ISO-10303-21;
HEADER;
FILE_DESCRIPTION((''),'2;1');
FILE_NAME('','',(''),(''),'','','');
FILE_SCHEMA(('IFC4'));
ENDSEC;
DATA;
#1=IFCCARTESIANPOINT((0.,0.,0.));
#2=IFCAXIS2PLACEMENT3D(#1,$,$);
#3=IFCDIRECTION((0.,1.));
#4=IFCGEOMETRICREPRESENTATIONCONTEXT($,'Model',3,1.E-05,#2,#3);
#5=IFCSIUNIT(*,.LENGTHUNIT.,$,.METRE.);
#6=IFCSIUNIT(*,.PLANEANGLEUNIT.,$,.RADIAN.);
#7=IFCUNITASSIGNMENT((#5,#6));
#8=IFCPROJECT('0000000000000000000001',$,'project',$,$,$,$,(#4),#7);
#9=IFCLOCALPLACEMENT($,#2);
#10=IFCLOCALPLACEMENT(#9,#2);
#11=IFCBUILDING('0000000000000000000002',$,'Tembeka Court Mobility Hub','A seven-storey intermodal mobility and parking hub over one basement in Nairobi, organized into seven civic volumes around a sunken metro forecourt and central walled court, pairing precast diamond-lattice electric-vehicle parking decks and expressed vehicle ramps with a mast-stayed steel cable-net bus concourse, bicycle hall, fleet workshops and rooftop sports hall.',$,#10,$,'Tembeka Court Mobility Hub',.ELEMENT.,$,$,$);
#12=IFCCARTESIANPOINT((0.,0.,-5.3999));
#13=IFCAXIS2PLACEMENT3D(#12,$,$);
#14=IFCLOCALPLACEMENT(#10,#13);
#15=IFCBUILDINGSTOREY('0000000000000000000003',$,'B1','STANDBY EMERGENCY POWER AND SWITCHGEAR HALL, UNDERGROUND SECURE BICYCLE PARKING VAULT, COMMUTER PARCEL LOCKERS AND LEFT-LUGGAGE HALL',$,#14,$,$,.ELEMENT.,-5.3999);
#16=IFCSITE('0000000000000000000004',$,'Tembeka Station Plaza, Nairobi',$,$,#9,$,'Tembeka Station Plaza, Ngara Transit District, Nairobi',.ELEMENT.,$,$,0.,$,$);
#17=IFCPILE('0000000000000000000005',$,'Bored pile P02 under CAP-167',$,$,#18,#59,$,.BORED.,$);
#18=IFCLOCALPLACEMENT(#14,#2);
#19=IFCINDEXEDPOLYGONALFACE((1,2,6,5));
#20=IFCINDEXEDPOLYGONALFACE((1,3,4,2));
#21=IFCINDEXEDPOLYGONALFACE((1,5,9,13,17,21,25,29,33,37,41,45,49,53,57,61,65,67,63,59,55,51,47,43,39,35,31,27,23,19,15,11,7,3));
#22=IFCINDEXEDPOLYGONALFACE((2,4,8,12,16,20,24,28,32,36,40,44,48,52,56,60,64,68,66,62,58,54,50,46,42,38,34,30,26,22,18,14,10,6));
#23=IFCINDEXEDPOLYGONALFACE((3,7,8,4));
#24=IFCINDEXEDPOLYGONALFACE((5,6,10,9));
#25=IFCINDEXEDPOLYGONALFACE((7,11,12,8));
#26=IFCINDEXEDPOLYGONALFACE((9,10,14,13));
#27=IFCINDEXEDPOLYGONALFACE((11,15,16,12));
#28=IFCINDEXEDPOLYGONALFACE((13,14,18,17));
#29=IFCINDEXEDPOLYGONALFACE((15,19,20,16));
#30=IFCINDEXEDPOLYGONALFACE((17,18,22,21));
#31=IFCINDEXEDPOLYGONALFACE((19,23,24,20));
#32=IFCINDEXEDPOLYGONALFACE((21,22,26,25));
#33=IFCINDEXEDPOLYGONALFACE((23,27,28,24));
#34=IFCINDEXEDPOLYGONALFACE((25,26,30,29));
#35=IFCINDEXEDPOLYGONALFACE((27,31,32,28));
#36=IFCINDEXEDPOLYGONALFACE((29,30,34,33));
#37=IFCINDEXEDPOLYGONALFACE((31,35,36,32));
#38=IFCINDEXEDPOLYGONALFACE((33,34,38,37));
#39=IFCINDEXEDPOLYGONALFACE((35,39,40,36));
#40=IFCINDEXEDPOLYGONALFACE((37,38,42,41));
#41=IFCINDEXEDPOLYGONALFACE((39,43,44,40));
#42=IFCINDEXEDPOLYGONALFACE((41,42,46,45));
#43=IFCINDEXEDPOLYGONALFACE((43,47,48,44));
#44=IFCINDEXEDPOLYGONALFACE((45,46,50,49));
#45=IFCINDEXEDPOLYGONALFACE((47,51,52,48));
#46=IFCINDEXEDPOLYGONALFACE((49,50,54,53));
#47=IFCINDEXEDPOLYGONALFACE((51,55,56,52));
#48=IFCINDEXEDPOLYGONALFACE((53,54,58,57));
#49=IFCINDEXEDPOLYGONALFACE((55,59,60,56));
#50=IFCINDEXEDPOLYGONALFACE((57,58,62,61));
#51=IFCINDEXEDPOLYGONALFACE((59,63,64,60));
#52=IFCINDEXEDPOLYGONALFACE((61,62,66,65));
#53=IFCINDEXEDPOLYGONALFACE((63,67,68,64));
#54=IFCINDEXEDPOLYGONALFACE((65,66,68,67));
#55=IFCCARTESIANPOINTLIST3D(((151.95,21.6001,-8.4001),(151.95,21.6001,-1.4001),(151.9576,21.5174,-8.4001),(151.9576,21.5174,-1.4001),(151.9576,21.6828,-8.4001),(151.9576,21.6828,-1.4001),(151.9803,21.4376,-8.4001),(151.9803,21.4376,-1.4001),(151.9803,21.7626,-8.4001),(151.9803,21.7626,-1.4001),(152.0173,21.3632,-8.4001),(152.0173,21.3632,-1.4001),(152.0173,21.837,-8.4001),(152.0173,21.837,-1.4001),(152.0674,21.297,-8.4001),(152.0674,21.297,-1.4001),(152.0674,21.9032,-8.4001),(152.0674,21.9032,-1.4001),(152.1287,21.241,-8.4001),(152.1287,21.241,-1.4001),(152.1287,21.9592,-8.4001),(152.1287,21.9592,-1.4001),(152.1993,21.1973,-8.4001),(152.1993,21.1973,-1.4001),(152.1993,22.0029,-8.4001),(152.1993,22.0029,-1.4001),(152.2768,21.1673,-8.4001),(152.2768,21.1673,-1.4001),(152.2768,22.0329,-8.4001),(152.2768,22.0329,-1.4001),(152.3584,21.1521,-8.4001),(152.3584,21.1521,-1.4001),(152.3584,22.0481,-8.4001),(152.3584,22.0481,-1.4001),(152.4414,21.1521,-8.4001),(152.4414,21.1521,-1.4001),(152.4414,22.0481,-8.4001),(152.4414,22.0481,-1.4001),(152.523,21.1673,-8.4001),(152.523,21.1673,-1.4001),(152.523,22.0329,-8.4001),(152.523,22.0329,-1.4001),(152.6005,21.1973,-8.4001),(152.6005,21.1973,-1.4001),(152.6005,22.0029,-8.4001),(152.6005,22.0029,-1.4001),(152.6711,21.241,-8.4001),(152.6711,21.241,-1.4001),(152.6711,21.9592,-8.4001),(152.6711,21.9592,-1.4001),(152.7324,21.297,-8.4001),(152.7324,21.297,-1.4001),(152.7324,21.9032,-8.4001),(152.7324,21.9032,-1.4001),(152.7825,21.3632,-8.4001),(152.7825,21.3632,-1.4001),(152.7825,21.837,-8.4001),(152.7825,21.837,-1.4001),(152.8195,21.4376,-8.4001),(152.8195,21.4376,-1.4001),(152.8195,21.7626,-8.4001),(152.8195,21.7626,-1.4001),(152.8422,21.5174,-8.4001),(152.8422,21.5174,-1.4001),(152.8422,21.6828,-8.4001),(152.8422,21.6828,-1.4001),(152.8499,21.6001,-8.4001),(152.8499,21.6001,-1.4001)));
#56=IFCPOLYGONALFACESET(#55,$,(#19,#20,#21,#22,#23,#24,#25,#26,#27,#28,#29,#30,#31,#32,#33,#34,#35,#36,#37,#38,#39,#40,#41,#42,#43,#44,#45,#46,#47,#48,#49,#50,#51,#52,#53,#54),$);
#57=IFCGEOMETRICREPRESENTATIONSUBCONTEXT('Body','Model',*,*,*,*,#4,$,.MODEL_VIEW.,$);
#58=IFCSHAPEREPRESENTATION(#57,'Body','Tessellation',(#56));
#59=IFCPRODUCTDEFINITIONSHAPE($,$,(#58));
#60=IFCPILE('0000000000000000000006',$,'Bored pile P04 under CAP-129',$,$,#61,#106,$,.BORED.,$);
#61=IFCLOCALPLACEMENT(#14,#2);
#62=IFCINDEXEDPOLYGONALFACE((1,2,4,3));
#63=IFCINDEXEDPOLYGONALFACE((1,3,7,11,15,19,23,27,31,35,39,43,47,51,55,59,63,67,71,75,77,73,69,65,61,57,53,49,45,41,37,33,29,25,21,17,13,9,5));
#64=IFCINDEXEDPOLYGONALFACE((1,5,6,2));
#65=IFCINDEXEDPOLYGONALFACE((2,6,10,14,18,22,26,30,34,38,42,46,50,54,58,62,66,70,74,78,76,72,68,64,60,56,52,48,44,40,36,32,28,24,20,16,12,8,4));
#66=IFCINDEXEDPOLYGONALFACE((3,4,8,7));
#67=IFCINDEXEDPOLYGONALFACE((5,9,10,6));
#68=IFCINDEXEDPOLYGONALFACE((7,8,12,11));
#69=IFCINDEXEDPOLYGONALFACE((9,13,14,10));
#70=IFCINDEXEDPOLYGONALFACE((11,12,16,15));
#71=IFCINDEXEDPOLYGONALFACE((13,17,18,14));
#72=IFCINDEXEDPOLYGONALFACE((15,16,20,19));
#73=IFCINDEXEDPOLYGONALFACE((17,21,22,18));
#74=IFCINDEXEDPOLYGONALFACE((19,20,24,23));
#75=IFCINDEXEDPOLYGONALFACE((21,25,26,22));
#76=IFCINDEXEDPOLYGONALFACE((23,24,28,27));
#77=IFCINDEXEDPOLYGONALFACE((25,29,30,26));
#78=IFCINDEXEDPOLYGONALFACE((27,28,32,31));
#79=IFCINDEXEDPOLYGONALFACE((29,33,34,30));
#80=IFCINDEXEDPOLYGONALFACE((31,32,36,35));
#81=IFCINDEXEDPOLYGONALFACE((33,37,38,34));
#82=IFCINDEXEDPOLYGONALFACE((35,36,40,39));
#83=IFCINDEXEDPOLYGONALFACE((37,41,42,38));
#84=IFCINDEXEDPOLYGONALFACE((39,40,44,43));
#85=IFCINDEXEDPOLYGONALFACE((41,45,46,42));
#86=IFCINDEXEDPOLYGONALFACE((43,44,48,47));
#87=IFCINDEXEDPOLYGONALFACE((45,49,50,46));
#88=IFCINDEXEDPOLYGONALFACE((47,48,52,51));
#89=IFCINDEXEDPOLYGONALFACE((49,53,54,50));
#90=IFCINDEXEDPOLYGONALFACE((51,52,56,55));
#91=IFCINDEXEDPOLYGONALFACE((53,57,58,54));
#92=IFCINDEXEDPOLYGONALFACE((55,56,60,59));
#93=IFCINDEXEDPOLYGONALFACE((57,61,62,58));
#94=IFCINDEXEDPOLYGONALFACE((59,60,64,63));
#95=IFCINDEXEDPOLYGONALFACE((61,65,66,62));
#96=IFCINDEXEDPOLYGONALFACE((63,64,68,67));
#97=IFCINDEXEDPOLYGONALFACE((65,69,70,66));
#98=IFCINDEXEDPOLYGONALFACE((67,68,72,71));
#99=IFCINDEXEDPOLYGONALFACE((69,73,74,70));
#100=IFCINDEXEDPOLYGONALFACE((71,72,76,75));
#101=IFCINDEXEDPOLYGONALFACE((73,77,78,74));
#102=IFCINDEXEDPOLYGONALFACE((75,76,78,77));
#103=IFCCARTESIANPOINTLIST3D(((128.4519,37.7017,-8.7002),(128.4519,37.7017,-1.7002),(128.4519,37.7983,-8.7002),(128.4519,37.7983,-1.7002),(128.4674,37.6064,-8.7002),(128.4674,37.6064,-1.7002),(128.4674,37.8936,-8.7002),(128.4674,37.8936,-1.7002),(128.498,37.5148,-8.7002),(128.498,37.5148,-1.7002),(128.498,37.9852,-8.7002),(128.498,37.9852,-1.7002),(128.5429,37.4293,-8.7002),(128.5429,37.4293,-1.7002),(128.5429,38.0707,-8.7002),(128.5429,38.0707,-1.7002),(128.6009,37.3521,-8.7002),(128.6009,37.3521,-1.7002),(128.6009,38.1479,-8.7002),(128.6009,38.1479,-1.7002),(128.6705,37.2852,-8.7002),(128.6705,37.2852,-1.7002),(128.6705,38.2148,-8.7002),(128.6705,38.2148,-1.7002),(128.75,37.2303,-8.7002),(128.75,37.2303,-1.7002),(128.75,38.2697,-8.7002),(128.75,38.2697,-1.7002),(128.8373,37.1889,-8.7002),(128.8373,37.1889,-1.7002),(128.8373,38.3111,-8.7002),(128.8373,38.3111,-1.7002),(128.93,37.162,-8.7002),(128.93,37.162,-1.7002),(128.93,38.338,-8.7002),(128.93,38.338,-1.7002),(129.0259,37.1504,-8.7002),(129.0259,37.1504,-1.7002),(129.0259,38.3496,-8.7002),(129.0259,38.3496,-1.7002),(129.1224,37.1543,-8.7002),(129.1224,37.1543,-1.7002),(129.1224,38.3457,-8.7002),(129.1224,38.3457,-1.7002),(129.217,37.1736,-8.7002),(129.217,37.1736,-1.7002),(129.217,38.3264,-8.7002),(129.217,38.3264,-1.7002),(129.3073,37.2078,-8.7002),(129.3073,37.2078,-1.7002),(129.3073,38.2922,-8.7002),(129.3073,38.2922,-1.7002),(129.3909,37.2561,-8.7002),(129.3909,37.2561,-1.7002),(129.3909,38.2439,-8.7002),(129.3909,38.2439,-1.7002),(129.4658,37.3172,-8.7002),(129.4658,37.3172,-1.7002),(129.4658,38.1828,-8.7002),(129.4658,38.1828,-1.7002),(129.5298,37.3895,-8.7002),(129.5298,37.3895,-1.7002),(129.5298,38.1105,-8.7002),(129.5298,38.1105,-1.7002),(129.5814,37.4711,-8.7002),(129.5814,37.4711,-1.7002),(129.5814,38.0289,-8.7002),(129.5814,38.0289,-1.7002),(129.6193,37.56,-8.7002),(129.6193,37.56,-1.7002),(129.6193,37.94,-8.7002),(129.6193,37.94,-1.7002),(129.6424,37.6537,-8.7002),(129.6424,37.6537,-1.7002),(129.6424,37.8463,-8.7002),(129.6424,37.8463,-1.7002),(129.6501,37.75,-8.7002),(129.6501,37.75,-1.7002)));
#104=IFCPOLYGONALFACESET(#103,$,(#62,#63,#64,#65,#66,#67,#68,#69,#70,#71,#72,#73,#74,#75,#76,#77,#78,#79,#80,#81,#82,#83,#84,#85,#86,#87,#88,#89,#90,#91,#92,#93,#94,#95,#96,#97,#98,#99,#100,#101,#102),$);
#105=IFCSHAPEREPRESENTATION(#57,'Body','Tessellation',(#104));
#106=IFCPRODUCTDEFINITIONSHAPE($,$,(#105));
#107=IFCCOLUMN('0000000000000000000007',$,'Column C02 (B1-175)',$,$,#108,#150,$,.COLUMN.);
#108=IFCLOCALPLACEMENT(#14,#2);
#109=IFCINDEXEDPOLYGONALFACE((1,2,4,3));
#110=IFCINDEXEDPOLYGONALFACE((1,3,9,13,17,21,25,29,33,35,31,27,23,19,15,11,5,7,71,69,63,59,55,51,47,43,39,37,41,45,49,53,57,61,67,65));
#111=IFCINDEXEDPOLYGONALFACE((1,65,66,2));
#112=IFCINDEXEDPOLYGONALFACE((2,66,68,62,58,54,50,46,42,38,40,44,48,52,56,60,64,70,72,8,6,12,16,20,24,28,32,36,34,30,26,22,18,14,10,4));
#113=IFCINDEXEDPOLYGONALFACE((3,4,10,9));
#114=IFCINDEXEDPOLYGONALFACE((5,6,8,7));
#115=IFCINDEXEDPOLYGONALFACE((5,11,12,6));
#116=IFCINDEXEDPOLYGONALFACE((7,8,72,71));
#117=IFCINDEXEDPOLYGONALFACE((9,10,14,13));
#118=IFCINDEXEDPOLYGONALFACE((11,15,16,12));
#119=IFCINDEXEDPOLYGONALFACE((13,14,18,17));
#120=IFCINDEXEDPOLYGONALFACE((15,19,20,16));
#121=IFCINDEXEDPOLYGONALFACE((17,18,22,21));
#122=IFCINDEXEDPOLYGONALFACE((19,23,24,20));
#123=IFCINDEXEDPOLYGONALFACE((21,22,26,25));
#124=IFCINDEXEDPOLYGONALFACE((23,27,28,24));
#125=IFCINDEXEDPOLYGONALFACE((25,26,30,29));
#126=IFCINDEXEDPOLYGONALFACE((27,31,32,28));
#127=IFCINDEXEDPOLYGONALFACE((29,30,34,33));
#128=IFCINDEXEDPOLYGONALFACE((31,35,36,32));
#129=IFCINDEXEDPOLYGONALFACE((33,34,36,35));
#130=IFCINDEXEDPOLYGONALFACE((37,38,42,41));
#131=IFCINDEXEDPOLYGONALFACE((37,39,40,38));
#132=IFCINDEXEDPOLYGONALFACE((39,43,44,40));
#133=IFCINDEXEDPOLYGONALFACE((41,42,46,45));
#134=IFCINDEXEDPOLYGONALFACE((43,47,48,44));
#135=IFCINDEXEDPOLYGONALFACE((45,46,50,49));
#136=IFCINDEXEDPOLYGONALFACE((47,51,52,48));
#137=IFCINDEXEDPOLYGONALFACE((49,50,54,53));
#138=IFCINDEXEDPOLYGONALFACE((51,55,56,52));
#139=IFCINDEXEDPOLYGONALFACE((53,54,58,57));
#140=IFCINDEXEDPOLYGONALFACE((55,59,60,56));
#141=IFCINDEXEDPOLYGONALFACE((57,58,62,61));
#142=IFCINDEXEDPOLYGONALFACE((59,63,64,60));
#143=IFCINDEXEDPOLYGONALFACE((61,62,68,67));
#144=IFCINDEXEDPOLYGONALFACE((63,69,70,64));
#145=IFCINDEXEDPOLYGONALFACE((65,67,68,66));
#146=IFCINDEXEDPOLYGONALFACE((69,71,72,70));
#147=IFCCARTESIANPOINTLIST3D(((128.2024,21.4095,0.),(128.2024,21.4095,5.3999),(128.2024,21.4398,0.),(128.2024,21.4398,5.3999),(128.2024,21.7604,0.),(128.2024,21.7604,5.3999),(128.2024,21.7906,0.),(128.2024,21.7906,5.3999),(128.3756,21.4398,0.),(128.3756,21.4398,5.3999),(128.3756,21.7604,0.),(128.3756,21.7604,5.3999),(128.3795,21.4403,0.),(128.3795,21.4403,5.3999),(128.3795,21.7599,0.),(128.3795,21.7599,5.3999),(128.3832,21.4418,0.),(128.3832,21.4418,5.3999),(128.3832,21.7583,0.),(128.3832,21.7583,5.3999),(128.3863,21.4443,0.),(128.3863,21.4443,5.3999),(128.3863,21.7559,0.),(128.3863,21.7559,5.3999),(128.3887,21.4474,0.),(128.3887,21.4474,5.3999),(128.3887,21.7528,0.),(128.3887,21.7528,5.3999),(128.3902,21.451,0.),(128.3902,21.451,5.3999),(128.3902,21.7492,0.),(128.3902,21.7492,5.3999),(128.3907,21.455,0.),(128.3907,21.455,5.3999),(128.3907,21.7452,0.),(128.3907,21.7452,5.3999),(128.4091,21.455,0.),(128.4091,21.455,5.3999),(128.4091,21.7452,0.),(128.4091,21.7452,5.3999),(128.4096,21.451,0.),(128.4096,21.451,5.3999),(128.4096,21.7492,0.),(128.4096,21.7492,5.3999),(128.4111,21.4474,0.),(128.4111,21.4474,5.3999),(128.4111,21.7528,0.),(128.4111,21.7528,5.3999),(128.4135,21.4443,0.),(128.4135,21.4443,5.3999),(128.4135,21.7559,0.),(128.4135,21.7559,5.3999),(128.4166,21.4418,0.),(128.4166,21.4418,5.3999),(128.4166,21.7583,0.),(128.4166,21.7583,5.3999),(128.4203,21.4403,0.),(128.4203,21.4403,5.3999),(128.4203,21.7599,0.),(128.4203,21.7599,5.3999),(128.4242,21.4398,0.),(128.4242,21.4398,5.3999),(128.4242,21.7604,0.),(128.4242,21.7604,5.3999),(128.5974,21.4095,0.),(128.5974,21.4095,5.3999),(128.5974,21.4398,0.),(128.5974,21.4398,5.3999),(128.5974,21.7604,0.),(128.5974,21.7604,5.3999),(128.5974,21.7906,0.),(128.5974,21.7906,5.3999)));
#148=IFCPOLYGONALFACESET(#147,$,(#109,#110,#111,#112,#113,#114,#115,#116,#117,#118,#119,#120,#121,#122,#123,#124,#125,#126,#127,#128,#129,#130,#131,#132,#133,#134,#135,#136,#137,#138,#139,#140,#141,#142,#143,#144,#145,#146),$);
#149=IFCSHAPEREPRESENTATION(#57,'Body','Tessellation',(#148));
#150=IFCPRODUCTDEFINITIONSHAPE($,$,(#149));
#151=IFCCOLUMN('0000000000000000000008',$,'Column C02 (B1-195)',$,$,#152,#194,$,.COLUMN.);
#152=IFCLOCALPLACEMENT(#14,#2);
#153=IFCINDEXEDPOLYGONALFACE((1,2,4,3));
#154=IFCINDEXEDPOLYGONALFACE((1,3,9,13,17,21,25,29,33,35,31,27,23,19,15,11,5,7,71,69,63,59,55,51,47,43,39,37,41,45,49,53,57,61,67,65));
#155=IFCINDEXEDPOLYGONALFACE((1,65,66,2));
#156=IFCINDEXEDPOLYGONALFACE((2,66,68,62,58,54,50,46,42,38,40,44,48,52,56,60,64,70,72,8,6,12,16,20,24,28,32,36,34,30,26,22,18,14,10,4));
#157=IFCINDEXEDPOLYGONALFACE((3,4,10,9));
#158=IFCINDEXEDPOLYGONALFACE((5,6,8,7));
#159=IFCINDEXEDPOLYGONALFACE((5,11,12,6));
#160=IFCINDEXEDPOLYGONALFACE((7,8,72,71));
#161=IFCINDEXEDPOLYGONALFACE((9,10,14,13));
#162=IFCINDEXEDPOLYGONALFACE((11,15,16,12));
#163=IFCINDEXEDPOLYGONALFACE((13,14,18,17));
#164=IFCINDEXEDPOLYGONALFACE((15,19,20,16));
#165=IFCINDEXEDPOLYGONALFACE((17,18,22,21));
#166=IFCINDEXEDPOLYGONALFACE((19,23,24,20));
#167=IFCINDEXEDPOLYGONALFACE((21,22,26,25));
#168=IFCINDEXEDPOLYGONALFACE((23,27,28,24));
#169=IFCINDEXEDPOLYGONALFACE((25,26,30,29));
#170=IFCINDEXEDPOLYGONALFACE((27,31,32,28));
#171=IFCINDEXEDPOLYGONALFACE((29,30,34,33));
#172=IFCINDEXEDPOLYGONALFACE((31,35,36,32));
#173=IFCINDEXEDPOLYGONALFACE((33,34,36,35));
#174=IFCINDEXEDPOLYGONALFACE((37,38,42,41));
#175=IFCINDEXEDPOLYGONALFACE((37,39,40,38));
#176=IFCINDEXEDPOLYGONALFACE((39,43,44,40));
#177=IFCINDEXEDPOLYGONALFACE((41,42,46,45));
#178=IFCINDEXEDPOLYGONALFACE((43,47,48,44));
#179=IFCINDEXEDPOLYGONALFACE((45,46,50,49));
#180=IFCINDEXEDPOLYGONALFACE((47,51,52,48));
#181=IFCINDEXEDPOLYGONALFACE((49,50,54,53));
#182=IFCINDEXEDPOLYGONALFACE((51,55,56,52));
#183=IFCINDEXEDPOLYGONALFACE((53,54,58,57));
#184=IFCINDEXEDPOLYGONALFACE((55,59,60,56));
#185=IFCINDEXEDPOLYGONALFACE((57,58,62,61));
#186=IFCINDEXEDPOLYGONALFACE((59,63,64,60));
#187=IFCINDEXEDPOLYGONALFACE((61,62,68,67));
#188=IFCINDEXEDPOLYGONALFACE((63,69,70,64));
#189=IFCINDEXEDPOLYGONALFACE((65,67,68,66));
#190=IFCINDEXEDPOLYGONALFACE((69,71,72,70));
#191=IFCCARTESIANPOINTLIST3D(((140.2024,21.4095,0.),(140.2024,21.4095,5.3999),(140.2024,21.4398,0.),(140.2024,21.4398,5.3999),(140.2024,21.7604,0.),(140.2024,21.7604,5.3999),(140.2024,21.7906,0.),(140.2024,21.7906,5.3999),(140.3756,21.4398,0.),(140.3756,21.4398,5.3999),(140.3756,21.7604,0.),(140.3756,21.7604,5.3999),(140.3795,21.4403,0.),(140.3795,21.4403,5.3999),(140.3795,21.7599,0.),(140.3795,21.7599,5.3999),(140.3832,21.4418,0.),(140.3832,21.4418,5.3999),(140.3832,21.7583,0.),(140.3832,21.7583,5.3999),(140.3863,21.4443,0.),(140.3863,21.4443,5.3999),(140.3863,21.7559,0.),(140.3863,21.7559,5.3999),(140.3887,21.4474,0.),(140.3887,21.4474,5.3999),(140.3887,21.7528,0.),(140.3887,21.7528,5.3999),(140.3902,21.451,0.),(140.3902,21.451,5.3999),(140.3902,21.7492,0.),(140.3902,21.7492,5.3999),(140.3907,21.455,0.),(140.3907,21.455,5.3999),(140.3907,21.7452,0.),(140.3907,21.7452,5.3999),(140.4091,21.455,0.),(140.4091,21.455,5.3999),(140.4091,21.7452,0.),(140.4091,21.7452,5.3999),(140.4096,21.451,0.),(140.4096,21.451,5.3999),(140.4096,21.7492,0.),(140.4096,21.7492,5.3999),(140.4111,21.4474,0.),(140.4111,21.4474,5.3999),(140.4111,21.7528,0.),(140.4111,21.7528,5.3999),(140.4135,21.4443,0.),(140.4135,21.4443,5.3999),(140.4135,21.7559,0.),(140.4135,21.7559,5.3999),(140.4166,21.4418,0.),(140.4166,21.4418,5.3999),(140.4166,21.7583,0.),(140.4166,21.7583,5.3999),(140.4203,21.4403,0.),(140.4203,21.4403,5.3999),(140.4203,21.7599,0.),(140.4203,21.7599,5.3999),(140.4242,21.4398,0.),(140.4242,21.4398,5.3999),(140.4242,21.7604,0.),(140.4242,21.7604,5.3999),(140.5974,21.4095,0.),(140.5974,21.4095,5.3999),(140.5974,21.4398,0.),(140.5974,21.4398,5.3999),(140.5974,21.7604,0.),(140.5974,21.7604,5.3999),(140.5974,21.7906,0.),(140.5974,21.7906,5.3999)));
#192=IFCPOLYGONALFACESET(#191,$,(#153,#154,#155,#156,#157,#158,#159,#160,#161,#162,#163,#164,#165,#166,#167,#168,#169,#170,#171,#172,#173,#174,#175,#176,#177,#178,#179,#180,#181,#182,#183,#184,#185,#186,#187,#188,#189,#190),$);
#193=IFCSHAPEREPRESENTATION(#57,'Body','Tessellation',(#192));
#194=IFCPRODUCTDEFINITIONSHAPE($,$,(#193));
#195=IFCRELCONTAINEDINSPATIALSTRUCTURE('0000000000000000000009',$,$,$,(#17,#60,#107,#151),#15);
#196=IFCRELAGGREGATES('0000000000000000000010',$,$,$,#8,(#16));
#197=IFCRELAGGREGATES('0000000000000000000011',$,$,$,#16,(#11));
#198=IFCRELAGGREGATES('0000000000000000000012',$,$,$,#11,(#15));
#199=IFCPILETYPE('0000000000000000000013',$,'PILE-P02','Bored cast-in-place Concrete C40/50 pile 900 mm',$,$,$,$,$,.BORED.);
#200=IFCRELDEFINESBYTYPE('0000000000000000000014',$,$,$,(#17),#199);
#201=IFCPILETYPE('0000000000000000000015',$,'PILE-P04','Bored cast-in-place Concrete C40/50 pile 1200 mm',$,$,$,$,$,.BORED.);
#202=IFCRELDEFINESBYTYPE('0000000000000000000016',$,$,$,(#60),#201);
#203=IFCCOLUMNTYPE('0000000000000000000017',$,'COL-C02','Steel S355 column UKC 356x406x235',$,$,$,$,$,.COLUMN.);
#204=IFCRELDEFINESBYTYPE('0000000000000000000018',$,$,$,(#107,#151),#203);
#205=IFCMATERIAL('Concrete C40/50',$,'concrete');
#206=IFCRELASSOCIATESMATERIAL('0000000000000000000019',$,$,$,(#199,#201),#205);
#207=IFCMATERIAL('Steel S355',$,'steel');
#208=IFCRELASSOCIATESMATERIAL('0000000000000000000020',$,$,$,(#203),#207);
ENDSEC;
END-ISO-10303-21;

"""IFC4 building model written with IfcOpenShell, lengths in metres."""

from ifc_helpers import new_model, si_unit, direction, frame, origin, origin_2d, place, context, subcontext, project, spatial, circle, i_section, extrude, material, material_profile, profile_set, type_object, element, save


model = new_model("IFC4")

# Units and contexts
model_context = context("Model", 3, precision=1e-05, world=origin(), true_north=direction((0.0, 1.0)))
body_context = subcontext(model_context, "Body", "Model", "MODEL_VIEW")
ifc_project = project(units=[si_unit("LENGTHUNIT", "METRE"), si_unit("PLANEANGLEUNIT", "RADIAN")], contexts=[model_context])

# Site, building, storey
site_placement = place(None, origin())
site = spatial("IfcSite", under=ifc_project, at=site_placement, Name="Tembeka Station Plaza, Nairobi", LongName="Tembeka Station Plaza, Ngara Transit District, Nairobi", CompositionType="ELEMENT", RefElevation=0.0)
building_placement = place(site_placement, origin())
building = spatial("IfcBuilding", under=site, at=building_placement, Name="Tembeka Court Mobility Hub", Description="A seven-storey intermodal mobility and parking hub over one basement in Nairobi, organized into seven civic volumes around a sunken metro forecourt and central walled court, pairing precast diamond-lattice electric-vehicle parking decks and expressed vehicle ramps with a mast-stayed steel cable-net bus concourse, bicycle hall, fleet workshops and rooftop sports hall.", LongName="Tembeka Court Mobility Hub", CompositionType="ELEMENT")
storey_placement = place(building_placement, frame((0.0, 0.0, -5.3999)))
storey = spatial("IfcBuildingStorey", under=building, at=storey_placement, Name="B1", Description="STANDBY EMERGENCY POWER AND SWITCHGEAR HALL, UNDERGROUND SECURE BICYCLE PARKING VAULT, COMMUTER PARCEL LOCKERS AND LEFT-LUGGAGE HALL", CompositionType="ELEMENT", Elevation=-5.3999)

# Shared definitions
ifc_material_1 = material(Name="Concrete C40/50", Category="concrete")

# Piles
ifc_material_profile_1 = material_profile(ifc_material_1, circle(Radius=0.45, at=origin_2d()), Name="PILE D900")
ifc_profile_set_1 = profile_set([ifc_material_profile_1], Name="Concrete C40/50")
pile_type_1 = type_object("IfcPileType", Name="PILE-P02", Description="Bored cast-in-place Concrete C40/50 pile 900 mm", PredefinedType="BORED", material=ifc_profile_set_1)
for number, where, z_axis, x_axis, name in (
    (1, (152.3999, 21.6001, -1.4001), (0.0, 0.0, -1.0), (1.0, 0.0, 0.0), "Bored pile P02 under CAP-167"),
):
    element("IfcPile", number, at=place(storey_placement, frame(where, z_axis=z_axis, x_axis=x_axis)), inside=storey, type_object=pile_type_1, Name=name, PredefinedType="BORED", context=body_context, shape_type="SweptSolid", body=[
        extrude(circle(Radius=0.45, at=origin_2d()), origin(), (0.0, 0.0, 1.0), 7.0),
    ])
ifc_material_profile_2 = material_profile(ifc_material_1, circle(Radius=0.6001, at=origin_2d()), Name="PILE D1200")
ifc_profile_set_2 = profile_set([ifc_material_profile_2], Name="Concrete C40/50")
pile_type_2 = type_object("IfcPileType", Name="PILE-P04", Description="Bored cast-in-place Concrete C40/50 pile 1200 mm", PredefinedType="BORED", material=ifc_profile_set_2)
pile_placement = place(storey_placement, frame((129.05, 37.75, -1.7002), z_axis=(0.0, 0.0, -1.0), x_axis=(1.0, 0.0, 0.0)))
element("IfcPile", 2, at=pile_placement, inside=storey, type_object=pile_type_2, Name="Bored pile P04 under CAP-129", PredefinedType="BORED", context=body_context, shape_type="SweptSolid", body=[
    extrude(circle(Radius=0.6001, at=origin_2d()), origin(), (0.0, 0.0, 1.0), 7.0),
])

# Columns
ifc_material_2 = material(Name="Steel S355", Category="steel")
ifc_material_profile_3 = material_profile(ifc_material_2, i_section(OverallWidth=0.395, OverallDepth=0.3811, WebThickness=0.0183, FlangeThickness=0.0303, FilletRadius=0.0151, at=origin_2d()), Name="UKC 356x406x235")
ifc_profile_set_3 = profile_set([ifc_material_profile_3], Name="Steel S355")
column_type_1 = type_object("IfcColumnType", Name="COL-C02", Description="Steel S355 column UKC 356x406x235", PredefinedType="COLUMN", material=ifc_profile_set_3)
for number, where, z_axis, x_axis, name in (
    (3, (128.3999, 21.6001, 0.0), (0.0, 0.0, 1.0), (1.0, 0.0, 0.0), "Column C02 (B1-175)"),
    (4, (140.3999, 21.6001, 0.0), (0.0, 0.0, 1.0), (1.0, 0.0, 0.0), "Column C02 (B1-195)"),
):
    element("IfcColumn", number, at=place(storey_placement, frame(where, z_axis=z_axis, x_axis=x_axis)), inside=storey, type_object=column_type_1, Name=name, PredefinedType="COLUMN", context=body_context, shape_type="SweptSolid", body=[
        extrude(i_section(OverallWidth=0.395, OverallDepth=0.3811, WebThickness=0.0183, FlangeThickness=0.0303, FilletRadius=0.0151, at=origin_2d()), origin(), (0.0, 0.0, 1.0), 5.3999),
    ])

save(model, "model.ifc")
